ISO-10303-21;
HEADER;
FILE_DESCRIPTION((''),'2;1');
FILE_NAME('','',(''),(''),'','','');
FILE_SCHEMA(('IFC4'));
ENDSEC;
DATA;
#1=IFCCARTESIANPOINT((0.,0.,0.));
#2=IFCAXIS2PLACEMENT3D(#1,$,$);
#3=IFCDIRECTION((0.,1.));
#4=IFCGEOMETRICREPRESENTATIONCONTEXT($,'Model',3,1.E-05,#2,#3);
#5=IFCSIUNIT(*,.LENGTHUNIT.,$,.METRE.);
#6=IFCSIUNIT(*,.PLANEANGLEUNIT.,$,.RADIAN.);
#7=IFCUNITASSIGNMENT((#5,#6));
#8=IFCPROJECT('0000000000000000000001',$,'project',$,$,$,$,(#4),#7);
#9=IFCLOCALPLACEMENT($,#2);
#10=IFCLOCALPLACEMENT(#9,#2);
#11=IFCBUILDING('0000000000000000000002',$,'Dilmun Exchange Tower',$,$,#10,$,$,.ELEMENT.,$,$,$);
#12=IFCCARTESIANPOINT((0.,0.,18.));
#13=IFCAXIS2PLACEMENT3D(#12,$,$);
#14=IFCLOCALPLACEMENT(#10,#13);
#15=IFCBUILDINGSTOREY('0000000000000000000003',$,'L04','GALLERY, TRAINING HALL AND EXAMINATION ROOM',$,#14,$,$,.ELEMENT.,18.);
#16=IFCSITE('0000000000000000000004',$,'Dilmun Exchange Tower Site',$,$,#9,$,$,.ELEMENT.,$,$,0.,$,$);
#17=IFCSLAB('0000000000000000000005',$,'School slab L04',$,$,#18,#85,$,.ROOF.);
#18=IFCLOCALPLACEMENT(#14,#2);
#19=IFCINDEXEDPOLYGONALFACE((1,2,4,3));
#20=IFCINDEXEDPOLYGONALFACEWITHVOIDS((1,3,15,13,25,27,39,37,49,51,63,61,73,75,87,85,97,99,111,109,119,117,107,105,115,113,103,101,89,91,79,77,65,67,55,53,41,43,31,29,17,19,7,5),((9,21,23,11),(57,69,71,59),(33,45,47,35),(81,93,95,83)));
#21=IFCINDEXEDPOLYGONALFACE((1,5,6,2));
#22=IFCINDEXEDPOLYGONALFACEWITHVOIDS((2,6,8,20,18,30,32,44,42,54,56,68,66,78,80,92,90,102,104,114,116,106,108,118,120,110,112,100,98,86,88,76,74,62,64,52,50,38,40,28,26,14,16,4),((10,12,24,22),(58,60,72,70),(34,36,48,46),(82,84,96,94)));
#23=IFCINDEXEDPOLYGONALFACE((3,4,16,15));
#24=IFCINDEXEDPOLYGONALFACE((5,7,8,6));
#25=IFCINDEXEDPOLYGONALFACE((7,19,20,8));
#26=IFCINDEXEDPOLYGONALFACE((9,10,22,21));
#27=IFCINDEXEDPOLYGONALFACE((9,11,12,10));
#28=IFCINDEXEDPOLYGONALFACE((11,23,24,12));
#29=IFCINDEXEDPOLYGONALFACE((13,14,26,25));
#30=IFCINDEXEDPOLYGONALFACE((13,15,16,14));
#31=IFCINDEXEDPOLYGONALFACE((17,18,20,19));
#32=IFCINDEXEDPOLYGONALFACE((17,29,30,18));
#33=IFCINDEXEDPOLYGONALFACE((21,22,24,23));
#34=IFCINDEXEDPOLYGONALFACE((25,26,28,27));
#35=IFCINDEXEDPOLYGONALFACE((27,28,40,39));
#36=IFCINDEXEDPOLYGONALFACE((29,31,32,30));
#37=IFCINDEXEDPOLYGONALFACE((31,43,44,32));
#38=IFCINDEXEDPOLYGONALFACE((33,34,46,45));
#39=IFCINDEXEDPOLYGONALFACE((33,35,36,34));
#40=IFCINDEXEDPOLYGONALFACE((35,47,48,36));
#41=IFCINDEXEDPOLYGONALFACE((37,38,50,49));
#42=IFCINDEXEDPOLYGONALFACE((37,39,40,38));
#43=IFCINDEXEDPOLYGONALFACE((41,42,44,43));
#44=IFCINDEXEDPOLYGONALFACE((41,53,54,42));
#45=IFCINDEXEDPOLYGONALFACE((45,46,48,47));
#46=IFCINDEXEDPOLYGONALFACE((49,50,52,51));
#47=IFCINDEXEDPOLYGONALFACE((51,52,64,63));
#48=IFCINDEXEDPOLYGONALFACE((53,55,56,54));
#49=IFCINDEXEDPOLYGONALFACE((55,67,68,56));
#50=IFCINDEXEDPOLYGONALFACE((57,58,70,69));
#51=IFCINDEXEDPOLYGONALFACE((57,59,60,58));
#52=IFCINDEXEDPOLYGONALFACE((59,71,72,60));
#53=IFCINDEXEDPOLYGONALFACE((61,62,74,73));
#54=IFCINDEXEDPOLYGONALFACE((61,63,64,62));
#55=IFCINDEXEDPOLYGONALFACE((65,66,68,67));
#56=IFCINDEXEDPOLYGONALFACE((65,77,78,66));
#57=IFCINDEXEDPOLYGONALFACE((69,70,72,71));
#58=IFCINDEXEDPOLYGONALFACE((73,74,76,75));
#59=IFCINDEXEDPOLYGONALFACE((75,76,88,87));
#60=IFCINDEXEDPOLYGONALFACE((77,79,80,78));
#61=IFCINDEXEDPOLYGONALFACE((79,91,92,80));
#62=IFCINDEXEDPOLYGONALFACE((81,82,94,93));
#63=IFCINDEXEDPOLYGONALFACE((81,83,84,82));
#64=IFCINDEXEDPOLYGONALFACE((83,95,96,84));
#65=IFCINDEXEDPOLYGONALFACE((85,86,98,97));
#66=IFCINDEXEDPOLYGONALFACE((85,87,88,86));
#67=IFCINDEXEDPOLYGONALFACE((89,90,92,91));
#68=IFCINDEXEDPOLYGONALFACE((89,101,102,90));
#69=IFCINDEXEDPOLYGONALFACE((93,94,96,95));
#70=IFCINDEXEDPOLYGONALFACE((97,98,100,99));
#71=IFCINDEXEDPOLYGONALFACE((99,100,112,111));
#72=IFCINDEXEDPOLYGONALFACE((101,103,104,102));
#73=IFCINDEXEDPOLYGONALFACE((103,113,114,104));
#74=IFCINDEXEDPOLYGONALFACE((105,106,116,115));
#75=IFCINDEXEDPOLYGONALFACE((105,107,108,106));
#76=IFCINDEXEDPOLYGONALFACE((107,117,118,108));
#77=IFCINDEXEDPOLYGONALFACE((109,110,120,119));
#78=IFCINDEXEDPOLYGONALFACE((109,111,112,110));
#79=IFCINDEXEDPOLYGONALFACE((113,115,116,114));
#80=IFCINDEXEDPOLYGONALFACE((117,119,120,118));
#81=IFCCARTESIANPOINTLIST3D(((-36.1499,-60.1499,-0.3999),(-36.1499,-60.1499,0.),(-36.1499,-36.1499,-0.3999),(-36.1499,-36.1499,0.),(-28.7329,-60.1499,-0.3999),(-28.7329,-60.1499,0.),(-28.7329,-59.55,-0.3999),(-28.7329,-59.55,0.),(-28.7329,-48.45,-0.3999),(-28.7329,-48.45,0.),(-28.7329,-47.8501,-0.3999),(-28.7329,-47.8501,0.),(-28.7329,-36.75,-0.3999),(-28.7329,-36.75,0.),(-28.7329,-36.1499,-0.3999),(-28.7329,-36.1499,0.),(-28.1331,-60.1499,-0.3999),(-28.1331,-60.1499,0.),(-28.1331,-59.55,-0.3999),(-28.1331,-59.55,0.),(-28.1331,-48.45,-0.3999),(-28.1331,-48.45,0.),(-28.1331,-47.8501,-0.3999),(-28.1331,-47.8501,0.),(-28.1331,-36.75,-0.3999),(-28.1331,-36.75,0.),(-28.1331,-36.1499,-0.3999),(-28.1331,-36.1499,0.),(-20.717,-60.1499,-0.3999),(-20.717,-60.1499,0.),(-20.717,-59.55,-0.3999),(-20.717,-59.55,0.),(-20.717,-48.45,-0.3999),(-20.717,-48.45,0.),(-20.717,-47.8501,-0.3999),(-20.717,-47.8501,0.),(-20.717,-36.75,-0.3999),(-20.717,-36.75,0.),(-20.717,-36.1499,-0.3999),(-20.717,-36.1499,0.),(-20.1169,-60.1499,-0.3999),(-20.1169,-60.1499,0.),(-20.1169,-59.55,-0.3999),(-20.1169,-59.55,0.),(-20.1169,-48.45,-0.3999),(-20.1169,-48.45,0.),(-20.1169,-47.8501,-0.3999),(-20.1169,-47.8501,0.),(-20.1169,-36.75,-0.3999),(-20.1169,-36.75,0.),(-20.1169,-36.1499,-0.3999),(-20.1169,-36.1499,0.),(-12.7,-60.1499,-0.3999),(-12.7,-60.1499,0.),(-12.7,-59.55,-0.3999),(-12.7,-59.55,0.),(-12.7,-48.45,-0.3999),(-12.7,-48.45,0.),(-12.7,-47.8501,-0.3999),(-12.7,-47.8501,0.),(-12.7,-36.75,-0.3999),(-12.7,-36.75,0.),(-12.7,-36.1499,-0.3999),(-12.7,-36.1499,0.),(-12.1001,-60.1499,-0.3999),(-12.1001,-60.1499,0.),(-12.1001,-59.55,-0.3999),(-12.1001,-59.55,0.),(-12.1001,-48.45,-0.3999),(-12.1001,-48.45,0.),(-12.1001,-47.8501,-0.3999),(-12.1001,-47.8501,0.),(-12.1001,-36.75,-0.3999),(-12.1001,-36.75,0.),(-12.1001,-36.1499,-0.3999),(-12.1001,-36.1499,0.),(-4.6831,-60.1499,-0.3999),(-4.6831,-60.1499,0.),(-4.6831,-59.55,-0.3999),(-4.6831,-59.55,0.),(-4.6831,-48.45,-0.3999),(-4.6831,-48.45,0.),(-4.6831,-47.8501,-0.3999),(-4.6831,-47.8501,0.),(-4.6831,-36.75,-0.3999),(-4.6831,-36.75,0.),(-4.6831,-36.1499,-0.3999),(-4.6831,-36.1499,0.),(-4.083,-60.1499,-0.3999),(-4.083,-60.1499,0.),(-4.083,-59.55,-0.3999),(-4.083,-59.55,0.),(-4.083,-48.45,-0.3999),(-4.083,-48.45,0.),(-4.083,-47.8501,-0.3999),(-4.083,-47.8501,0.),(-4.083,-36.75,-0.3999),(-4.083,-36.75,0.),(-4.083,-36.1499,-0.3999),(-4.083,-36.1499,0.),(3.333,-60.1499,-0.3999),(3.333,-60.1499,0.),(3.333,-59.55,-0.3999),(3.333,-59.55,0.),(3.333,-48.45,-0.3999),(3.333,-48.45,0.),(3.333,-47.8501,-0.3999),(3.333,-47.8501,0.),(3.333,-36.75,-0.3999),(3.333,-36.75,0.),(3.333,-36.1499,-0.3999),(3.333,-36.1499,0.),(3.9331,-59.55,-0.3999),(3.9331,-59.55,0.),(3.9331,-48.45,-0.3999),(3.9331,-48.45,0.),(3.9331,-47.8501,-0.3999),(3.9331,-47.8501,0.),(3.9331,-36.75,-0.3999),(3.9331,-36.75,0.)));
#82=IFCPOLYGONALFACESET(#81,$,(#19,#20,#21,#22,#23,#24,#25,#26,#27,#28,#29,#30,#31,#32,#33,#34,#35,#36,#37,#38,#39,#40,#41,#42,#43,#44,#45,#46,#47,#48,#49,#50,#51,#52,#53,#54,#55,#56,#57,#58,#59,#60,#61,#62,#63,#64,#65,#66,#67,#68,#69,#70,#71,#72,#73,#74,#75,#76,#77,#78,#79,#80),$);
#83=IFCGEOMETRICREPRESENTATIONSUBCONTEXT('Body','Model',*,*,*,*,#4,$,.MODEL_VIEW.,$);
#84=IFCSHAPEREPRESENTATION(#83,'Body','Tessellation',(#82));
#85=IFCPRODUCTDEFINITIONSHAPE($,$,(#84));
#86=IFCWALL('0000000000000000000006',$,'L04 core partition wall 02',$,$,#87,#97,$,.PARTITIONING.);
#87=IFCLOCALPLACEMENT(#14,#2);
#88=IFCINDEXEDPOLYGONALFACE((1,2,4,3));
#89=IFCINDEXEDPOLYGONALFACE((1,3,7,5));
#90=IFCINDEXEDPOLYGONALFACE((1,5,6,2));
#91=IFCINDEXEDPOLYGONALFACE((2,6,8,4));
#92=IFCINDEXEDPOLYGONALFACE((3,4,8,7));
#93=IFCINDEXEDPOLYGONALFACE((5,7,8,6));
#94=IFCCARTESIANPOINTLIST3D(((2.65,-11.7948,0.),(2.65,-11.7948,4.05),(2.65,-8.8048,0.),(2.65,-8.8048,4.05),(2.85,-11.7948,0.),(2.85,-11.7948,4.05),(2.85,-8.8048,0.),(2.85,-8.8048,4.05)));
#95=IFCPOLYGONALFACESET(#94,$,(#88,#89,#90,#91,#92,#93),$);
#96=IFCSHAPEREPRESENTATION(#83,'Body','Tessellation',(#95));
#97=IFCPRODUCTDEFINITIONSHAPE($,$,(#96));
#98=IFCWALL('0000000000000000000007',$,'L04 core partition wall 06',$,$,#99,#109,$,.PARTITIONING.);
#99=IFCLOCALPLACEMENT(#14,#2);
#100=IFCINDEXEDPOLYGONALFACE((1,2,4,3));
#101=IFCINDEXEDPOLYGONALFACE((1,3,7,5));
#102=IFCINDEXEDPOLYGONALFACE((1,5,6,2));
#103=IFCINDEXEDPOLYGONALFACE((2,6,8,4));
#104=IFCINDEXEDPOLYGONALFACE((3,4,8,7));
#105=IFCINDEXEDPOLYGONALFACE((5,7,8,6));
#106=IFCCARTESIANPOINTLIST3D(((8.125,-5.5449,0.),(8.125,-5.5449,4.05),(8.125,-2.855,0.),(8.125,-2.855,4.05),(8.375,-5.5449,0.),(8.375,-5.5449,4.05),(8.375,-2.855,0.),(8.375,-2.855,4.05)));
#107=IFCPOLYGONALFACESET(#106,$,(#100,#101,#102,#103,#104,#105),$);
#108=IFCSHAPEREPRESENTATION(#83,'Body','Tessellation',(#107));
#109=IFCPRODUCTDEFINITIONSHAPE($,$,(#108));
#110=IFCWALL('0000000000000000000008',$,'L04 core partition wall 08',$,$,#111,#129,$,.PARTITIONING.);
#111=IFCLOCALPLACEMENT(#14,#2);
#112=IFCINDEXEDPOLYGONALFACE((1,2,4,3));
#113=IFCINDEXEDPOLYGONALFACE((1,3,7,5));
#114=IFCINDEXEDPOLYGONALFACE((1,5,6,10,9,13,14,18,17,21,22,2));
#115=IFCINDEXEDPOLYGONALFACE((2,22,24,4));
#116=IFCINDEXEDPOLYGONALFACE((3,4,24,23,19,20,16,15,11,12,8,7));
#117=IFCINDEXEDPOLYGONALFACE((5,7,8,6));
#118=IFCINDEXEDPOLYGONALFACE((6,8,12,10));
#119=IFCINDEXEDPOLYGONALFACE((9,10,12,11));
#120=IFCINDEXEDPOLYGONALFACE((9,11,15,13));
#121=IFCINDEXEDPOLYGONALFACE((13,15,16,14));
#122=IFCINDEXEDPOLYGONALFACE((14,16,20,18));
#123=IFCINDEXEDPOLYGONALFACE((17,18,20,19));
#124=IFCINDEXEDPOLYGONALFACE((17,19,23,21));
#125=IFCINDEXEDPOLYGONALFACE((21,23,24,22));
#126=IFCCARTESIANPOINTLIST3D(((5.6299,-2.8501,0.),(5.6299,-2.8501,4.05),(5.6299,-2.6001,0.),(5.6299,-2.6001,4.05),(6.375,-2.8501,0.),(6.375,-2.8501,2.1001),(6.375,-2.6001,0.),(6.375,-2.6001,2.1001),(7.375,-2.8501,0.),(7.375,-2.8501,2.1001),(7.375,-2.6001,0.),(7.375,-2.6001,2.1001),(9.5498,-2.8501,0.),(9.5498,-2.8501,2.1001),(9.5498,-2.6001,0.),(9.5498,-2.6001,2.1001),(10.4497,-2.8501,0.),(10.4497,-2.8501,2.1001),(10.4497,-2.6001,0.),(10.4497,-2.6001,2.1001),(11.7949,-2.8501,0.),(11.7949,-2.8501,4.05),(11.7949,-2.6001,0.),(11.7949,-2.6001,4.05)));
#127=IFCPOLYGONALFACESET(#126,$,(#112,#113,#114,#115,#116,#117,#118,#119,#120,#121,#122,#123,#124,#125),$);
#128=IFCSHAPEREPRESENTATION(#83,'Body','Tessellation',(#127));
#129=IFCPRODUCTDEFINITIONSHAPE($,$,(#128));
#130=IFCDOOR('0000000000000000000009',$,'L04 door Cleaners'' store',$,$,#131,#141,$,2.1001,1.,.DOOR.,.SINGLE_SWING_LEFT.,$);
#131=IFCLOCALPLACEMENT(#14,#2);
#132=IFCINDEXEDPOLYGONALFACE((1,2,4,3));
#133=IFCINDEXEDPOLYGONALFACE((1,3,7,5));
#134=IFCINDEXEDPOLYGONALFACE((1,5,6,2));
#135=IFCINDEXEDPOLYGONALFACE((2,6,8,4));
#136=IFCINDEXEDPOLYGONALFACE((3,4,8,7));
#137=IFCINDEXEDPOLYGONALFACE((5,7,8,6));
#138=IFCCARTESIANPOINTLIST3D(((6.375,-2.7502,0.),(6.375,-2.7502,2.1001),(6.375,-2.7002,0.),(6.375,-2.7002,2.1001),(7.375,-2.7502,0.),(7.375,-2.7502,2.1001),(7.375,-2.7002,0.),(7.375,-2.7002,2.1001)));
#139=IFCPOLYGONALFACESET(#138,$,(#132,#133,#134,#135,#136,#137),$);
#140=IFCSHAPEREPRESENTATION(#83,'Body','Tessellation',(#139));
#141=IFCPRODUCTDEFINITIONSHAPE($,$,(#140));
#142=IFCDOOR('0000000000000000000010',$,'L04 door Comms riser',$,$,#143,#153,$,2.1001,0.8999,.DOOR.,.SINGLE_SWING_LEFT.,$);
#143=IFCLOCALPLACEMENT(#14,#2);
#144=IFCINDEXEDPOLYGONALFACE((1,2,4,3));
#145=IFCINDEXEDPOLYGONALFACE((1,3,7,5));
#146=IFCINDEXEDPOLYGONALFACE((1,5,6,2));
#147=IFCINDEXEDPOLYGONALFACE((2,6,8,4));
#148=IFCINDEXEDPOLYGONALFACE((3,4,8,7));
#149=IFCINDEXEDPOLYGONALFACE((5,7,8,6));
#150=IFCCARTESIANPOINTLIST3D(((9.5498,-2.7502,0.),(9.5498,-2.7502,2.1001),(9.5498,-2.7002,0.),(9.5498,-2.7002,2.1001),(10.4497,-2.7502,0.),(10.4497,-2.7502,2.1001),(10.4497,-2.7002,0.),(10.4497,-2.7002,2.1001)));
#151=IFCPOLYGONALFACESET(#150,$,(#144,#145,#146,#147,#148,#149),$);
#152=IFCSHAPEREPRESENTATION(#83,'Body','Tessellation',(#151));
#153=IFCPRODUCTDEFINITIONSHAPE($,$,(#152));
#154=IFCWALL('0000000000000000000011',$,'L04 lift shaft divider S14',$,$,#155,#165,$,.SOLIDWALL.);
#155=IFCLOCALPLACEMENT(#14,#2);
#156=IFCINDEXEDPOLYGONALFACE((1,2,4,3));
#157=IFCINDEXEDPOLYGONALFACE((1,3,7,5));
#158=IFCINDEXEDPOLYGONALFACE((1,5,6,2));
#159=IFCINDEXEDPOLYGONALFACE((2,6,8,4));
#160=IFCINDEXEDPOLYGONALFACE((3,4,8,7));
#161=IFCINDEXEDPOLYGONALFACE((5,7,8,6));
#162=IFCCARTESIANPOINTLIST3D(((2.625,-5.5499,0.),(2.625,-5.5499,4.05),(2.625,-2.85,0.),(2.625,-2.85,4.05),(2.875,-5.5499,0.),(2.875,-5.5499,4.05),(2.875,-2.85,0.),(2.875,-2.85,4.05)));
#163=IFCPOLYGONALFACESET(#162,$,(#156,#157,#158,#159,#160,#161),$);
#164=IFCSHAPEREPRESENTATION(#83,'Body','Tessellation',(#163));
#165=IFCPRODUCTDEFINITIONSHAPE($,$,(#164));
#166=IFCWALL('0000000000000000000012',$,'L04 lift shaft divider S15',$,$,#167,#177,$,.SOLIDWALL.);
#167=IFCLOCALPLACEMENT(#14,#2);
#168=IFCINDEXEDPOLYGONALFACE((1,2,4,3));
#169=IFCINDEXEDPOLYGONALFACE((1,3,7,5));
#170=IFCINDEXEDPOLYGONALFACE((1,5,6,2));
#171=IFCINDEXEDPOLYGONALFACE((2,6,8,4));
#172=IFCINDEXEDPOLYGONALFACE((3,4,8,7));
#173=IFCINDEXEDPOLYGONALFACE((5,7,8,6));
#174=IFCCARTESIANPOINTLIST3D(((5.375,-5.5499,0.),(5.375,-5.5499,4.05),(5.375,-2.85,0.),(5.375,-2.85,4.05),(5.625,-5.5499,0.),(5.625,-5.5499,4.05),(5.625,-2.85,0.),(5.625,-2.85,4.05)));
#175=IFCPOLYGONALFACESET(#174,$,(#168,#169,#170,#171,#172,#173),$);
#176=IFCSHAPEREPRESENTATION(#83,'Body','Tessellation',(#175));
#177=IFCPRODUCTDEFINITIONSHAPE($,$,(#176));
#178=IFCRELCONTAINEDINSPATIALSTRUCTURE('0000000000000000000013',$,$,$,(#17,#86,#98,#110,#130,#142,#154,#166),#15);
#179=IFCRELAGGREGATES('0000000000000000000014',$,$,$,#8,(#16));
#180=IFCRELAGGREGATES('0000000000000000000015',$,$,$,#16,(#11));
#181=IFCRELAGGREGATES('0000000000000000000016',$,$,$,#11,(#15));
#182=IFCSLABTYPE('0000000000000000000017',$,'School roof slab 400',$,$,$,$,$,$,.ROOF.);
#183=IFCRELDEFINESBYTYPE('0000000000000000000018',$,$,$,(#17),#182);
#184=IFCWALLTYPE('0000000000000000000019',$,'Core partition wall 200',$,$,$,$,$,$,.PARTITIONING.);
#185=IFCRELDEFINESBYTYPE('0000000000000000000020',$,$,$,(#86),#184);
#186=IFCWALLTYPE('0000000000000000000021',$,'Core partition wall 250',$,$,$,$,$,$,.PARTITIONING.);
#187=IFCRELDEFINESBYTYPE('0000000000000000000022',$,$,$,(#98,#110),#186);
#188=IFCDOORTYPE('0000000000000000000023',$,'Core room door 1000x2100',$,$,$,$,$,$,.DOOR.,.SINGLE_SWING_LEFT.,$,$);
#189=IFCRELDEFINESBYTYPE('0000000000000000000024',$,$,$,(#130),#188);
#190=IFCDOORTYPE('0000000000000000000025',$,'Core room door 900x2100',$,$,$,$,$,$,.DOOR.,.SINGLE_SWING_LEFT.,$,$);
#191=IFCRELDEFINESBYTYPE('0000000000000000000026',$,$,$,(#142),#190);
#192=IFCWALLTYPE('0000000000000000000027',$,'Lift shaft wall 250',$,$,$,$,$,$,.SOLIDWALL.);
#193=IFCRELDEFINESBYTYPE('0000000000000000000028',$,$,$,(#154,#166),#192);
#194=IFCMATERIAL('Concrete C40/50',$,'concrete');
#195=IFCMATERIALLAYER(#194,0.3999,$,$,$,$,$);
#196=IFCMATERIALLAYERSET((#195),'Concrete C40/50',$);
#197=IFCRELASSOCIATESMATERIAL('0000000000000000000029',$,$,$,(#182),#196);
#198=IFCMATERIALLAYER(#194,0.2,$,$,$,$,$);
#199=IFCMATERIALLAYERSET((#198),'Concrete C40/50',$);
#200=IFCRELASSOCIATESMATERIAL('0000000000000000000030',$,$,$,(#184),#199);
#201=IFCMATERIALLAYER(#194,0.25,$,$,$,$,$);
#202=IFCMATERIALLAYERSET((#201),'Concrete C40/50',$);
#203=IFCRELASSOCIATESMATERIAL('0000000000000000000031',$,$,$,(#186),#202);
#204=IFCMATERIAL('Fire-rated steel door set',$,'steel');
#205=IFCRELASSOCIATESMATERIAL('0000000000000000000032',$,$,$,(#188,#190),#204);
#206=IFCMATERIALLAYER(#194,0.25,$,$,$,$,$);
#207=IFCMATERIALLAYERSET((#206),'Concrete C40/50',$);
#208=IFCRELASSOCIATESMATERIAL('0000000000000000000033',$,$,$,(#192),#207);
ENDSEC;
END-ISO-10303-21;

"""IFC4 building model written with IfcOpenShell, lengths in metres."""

from ifc_helpers import new_model, si_unit, direction, frame, frame_2d, origin, place, context, subcontext, project, spatial, polyline, rectangle, outline, extrude, material, layer, layer_set, type_object, element, fill, save


model = new_model("IFC4")

# Units and contexts
model_context = context("Model", 3, precision=1e-05, world=origin(), true_north=direction((0.0, 1.0)))
body_context = subcontext(model_context, "Body", "Model", "MODEL_VIEW")
ifc_project = project(units=[si_unit("LENGTHUNIT", "METRE"), si_unit("PLANEANGLEUNIT", "RADIAN")], contexts=[model_context])

# Site, building, storey
site_placement = place(None, origin())
site = spatial("IfcSite", under=ifc_project, at=site_placement, Name="Dilmun Exchange Tower Site", CompositionType="ELEMENT", RefElevation=0.0)
building_placement = place(site_placement, origin())
building = spatial("IfcBuilding", under=site, at=building_placement, Name="Dilmun Exchange Tower", CompositionType="ELEMENT")
storey_placement = place(building_placement, frame((0.0, 0.0, 18.0)))
storey = spatial("IfcBuildingStorey", under=building, at=storey_placement, Name="L04", Description="GALLERY, TRAINING HALL AND EXAMINATION ROOM", CompositionType="ELEMENT", Elevation=18.0)

# Shared definitions
ifc_material_1 = material(Name="Concrete C40/50", Category="concrete")

# Slab
ifc_layer_1 = layer(ifc_material_1, 0.3999)
ifc_layer_set_1 = layer_set([ifc_layer_1], Name="Concrete C40/50")
slab_type_1 = type_object("IfcSlabType", Name="School roof slab 400", PredefinedType="ROOF", material=ifc_layer_set_1)
slab_1_placement = place(storey_placement, frame((0.0, 0.0, -0.3999)))
element("IfcSlab", 1, at=slab_1_placement, inside=storey, type_object=slab_type_1, Name="School slab L04", PredefinedType="ROOF", context=body_context, shape_type="SweptSolid", body=[
    extrude(outline(polyline([(3.333, -36.75), (3.9331, -36.75), (3.9331, -47.8501), (3.333, -47.8501), (3.333, -48.45), (3.9331, -48.45), (3.9331, -59.55), (3.333, -59.55), (3.333, -60.1499), (-4.083, -60.1499), (-4.083, -59.55), (-4.6831, -59.55), (-4.6831, -60.1499), (-12.1001, -60.1499), (-12.1001, -59.55), (-12.7, -59.55), (-12.7, -60.1499), (-20.1169, -60.1499), (-20.1169, -59.55), (-20.717, -59.55), (-20.717, -60.1499), (-28.1331, -60.1499), (-28.1331, -59.55), (-28.7329, -59.55), (-28.7329, -60.1499), (-36.1499, -60.1499), (-36.1499, -36.1499), (-28.7329, -36.1499), (-28.7329, -36.75), (-28.1331, -36.75), (-28.1331, -36.1499), (-20.717, -36.1499), (-20.717, -36.75), (-20.1169, -36.75), (-20.1169, -36.1499), (-12.7, -36.1499), (-12.7, -36.75), (-12.1001, -36.75), (-12.1001, -36.1499), (-4.6831, -36.1499), (-4.6831, -36.75), (-4.083, -36.75), (-4.083, -36.1499), (3.333, -36.1499), (3.333, -36.75)]), holes=[polyline([(-28.7329, -47.8501), (-28.7329, -48.45), (-28.1331, -48.45), (-28.1331, -47.8501), (-28.7329, -47.8501)]), polyline([(-20.717, -47.8501), (-20.717, -48.45), (-20.1169, -48.45), (-20.1169, -47.8501), (-20.717, -47.8501)]), polyline([(-12.7, -47.8501), (-12.7, -48.45), (-12.1001, -48.45), (-12.1001, -47.8501), (-12.7, -47.8501)]), polyline([(-4.6831, -48.45), (-4.083, -48.45), (-4.083, -47.8501), (-4.6831, -47.8501), (-4.6831, -48.45)])]), origin(), (0.0, 0.0, 1.0), 0.3999),
])

# Wall
ifc_layer_2 = layer(ifc_material_1, 0.2)
ifc_layer_set_2 = layer_set([ifc_layer_2], Name="Concrete C40/50")
wall_type_1 = type_object("IfcWallType", Name="Core partition wall 200", PredefinedType="PARTITIONING", material=ifc_layer_set_2)
wall_1_placement = place(storey_placement, frame((2.75, -11.7949, 0.0), z_axis=(0.0, 0.0, 1.0), x_axis=(0.0, 1.0, 0.0)))
element("IfcWall", 2, at=wall_1_placement, inside=storey, type_object=wall_type_1, Name="L04 core partition wall 02", PredefinedType="PARTITIONING", context=body_context, shape_type="SweptSolid", body=[
    extrude(rectangle(XDim=2.99, YDim=0.2, at=frame_2d((1.4951, 0.0))), origin(), (0.0, 0.0, 1.0), 4.05),
])

# Shared definitions
ifc_material_2 = material(Name="Fire-rated steel door set", Category="steel")

# Wall
ifc_layer_3 = layer(ifc_material_1, 0.25)
ifc_layer_set_3 = layer_set([ifc_layer_3], Name="Concrete C40/50")
wall_type_2 = type_object("IfcWallType", Name="Core partition wall 250", PredefinedType="PARTITIONING", material=ifc_layer_set_3)
wall_2_placement = place(storey_placement, frame((8.25, -5.5449, 0.0), z_axis=(0.0, 0.0, 1.0), x_axis=(0.0, 1.0, 0.0)))
element("IfcWall", 3, at=wall_2_placement, inside=storey, type_object=wall_type_2, Name="L04 core partition wall 06", PredefinedType="PARTITIONING", context=body_context, shape_type="SweptSolid", body=[
    extrude(rectangle(XDim=2.6899, YDim=0.25, at=frame_2d((1.345, 0.0))), origin(), (0.0, 0.0, 1.0), 4.05),
])

# Wall, openings, doors
wall_3_placement = place(storey_placement, frame((5.6299, -2.7251, 0.0), z_axis=(0.0, 0.0, 1.0), x_axis=(1.0, 0.0, 0.0)))
wall_3 = element("IfcWall", 4, at=wall_3_placement, inside=storey, type_object=wall_type_2, Name="L04 core partition wall 08", PredefinedType="PARTITIONING", context=body_context, shape_type="SweptSolid", body=[
    extrude(rectangle(XDim=6.165, YDim=0.25, at=frame_2d((3.0825, 0.0))), origin(), (0.0, 0.0, 1.0), 4.05),
])
opening_1_placement = place(wall_3_placement, frame((0.7451, 0.0, 0.0)))
opening_1 = element("IfcOpeningElement", 5, at=opening_1_placement, cuts=wall_3, PredefinedType="OPENING", context=body_context, shape_type="SweptSolid", body=[
    extrude(rectangle(XDim=1.0, YDim=2.1001, at=frame_2d((0.5, 1.05))), frame((0.0, 0.135, 0.0), z_axis=(0.0, -1.0, 0.0), x_axis=(1.0, 0.0, 0.0)), (0.0, 0.0, 1.0), 0.27),
])
opening_2_placement = place(wall_3_placement, frame((3.9199, 0.0, 0.0)))
opening_2 = element("IfcOpeningElement", 6, at=opening_2_placement, cuts=wall_3, PredefinedType="OPENING", context=body_context, shape_type="SweptSolid", body=[
    extrude(rectangle(XDim=0.8999, YDim=2.1001, at=frame_2d((0.45, 1.05))), frame((0.0, 0.135, 0.0), z_axis=(0.0, -1.0, 0.0), x_axis=(1.0, 0.0, 0.0)), (0.0, 0.0, 1.0), 0.27),
])
door_type_1 = type_object("IfcDoorType", Name="Core room door 1000x2100", OperationType="SINGLE_SWING_LEFT", PredefinedType="DOOR", material=ifc_material_2)
door_1_placement = place(opening_1_placement, origin())
door_1 = element("IfcDoor", 7, at=door_1_placement, inside=storey, type_object=door_type_1, Name="L04 door Cleaners' store", OperationType="SINGLE_SWING_LEFT", OverallHeight=2.1001, OverallWidth=1.0, PredefinedType="DOOR", context=body_context, shape_type="SweptSolid", body=[
    extrude(rectangle(XDim=1.0, YDim=2.1001, at=frame_2d((0.5, 1.05))), frame((0.0, 0.0249, 0.0), z_axis=(0.0, -1.0, 0.0), x_axis=(1.0, 0.0, 0.0)), (0.0, 0.0, 1.0), 0.05),
])
fill(opening_1, door_1)
door_type_2 = type_object("IfcDoorType", Name="Core room door 900x2100", OperationType="SINGLE_SWING_LEFT", PredefinedType="DOOR", material=ifc_material_2)
door_2_placement = place(opening_2_placement, origin())
door_2 = element("IfcDoor", 8, at=door_2_placement, inside=storey, type_object=door_type_2, Name="L04 door Comms riser", OperationType="SINGLE_SWING_LEFT", OverallHeight=2.1001, OverallWidth=0.8999, PredefinedType="DOOR", context=body_context, shape_type="SweptSolid", body=[
    extrude(rectangle(XDim=0.8999, YDim=2.1001, at=frame_2d((0.45, 1.05))), frame((0.0, 0.0249, 0.0), z_axis=(0.0, -1.0, 0.0), x_axis=(1.0, 0.0, 0.0)), (0.0, 0.0, 1.0), 0.05),
])
fill(opening_2, door_2)

# Walls
ifc_layer_4 = layer(ifc_material_1, 0.25)
ifc_layer_set_4 = layer_set([ifc_layer_4], Name="Concrete C40/50")
wall_type_3 = type_object("IfcWallType", Name="Lift shaft wall 250", PredefinedType="SOLIDWALL", material=ifc_layer_set_4)
for number, where, z_axis, x_axis, name in (
    (9, (2.75, -5.55, 0.0), (0.0, 0.0, 1.0), (0.0, 1.0, 0.0), "L04 lift shaft divider S14"),
    (10, (5.5, -5.55, 0.0), (0.0, 0.0, 1.0), (0.0, 1.0, 0.0), "L04 lift shaft divider S15"),
):
    element("IfcWall", number, at=place(storey_placement, frame(where, z_axis=z_axis, x_axis=x_axis)), inside=storey, type_object=wall_type_3, Name=name, PredefinedType="SOLIDWALL", context=body_context, shape_type="SweptSolid", body=[
        extrude(rectangle(XDim=2.7, YDim=0.25, at=frame_2d((1.3501, 0.0))), origin(), (0.0, 0.0, 1.0), 4.05),
    ])

save(model, "model.ifc")
